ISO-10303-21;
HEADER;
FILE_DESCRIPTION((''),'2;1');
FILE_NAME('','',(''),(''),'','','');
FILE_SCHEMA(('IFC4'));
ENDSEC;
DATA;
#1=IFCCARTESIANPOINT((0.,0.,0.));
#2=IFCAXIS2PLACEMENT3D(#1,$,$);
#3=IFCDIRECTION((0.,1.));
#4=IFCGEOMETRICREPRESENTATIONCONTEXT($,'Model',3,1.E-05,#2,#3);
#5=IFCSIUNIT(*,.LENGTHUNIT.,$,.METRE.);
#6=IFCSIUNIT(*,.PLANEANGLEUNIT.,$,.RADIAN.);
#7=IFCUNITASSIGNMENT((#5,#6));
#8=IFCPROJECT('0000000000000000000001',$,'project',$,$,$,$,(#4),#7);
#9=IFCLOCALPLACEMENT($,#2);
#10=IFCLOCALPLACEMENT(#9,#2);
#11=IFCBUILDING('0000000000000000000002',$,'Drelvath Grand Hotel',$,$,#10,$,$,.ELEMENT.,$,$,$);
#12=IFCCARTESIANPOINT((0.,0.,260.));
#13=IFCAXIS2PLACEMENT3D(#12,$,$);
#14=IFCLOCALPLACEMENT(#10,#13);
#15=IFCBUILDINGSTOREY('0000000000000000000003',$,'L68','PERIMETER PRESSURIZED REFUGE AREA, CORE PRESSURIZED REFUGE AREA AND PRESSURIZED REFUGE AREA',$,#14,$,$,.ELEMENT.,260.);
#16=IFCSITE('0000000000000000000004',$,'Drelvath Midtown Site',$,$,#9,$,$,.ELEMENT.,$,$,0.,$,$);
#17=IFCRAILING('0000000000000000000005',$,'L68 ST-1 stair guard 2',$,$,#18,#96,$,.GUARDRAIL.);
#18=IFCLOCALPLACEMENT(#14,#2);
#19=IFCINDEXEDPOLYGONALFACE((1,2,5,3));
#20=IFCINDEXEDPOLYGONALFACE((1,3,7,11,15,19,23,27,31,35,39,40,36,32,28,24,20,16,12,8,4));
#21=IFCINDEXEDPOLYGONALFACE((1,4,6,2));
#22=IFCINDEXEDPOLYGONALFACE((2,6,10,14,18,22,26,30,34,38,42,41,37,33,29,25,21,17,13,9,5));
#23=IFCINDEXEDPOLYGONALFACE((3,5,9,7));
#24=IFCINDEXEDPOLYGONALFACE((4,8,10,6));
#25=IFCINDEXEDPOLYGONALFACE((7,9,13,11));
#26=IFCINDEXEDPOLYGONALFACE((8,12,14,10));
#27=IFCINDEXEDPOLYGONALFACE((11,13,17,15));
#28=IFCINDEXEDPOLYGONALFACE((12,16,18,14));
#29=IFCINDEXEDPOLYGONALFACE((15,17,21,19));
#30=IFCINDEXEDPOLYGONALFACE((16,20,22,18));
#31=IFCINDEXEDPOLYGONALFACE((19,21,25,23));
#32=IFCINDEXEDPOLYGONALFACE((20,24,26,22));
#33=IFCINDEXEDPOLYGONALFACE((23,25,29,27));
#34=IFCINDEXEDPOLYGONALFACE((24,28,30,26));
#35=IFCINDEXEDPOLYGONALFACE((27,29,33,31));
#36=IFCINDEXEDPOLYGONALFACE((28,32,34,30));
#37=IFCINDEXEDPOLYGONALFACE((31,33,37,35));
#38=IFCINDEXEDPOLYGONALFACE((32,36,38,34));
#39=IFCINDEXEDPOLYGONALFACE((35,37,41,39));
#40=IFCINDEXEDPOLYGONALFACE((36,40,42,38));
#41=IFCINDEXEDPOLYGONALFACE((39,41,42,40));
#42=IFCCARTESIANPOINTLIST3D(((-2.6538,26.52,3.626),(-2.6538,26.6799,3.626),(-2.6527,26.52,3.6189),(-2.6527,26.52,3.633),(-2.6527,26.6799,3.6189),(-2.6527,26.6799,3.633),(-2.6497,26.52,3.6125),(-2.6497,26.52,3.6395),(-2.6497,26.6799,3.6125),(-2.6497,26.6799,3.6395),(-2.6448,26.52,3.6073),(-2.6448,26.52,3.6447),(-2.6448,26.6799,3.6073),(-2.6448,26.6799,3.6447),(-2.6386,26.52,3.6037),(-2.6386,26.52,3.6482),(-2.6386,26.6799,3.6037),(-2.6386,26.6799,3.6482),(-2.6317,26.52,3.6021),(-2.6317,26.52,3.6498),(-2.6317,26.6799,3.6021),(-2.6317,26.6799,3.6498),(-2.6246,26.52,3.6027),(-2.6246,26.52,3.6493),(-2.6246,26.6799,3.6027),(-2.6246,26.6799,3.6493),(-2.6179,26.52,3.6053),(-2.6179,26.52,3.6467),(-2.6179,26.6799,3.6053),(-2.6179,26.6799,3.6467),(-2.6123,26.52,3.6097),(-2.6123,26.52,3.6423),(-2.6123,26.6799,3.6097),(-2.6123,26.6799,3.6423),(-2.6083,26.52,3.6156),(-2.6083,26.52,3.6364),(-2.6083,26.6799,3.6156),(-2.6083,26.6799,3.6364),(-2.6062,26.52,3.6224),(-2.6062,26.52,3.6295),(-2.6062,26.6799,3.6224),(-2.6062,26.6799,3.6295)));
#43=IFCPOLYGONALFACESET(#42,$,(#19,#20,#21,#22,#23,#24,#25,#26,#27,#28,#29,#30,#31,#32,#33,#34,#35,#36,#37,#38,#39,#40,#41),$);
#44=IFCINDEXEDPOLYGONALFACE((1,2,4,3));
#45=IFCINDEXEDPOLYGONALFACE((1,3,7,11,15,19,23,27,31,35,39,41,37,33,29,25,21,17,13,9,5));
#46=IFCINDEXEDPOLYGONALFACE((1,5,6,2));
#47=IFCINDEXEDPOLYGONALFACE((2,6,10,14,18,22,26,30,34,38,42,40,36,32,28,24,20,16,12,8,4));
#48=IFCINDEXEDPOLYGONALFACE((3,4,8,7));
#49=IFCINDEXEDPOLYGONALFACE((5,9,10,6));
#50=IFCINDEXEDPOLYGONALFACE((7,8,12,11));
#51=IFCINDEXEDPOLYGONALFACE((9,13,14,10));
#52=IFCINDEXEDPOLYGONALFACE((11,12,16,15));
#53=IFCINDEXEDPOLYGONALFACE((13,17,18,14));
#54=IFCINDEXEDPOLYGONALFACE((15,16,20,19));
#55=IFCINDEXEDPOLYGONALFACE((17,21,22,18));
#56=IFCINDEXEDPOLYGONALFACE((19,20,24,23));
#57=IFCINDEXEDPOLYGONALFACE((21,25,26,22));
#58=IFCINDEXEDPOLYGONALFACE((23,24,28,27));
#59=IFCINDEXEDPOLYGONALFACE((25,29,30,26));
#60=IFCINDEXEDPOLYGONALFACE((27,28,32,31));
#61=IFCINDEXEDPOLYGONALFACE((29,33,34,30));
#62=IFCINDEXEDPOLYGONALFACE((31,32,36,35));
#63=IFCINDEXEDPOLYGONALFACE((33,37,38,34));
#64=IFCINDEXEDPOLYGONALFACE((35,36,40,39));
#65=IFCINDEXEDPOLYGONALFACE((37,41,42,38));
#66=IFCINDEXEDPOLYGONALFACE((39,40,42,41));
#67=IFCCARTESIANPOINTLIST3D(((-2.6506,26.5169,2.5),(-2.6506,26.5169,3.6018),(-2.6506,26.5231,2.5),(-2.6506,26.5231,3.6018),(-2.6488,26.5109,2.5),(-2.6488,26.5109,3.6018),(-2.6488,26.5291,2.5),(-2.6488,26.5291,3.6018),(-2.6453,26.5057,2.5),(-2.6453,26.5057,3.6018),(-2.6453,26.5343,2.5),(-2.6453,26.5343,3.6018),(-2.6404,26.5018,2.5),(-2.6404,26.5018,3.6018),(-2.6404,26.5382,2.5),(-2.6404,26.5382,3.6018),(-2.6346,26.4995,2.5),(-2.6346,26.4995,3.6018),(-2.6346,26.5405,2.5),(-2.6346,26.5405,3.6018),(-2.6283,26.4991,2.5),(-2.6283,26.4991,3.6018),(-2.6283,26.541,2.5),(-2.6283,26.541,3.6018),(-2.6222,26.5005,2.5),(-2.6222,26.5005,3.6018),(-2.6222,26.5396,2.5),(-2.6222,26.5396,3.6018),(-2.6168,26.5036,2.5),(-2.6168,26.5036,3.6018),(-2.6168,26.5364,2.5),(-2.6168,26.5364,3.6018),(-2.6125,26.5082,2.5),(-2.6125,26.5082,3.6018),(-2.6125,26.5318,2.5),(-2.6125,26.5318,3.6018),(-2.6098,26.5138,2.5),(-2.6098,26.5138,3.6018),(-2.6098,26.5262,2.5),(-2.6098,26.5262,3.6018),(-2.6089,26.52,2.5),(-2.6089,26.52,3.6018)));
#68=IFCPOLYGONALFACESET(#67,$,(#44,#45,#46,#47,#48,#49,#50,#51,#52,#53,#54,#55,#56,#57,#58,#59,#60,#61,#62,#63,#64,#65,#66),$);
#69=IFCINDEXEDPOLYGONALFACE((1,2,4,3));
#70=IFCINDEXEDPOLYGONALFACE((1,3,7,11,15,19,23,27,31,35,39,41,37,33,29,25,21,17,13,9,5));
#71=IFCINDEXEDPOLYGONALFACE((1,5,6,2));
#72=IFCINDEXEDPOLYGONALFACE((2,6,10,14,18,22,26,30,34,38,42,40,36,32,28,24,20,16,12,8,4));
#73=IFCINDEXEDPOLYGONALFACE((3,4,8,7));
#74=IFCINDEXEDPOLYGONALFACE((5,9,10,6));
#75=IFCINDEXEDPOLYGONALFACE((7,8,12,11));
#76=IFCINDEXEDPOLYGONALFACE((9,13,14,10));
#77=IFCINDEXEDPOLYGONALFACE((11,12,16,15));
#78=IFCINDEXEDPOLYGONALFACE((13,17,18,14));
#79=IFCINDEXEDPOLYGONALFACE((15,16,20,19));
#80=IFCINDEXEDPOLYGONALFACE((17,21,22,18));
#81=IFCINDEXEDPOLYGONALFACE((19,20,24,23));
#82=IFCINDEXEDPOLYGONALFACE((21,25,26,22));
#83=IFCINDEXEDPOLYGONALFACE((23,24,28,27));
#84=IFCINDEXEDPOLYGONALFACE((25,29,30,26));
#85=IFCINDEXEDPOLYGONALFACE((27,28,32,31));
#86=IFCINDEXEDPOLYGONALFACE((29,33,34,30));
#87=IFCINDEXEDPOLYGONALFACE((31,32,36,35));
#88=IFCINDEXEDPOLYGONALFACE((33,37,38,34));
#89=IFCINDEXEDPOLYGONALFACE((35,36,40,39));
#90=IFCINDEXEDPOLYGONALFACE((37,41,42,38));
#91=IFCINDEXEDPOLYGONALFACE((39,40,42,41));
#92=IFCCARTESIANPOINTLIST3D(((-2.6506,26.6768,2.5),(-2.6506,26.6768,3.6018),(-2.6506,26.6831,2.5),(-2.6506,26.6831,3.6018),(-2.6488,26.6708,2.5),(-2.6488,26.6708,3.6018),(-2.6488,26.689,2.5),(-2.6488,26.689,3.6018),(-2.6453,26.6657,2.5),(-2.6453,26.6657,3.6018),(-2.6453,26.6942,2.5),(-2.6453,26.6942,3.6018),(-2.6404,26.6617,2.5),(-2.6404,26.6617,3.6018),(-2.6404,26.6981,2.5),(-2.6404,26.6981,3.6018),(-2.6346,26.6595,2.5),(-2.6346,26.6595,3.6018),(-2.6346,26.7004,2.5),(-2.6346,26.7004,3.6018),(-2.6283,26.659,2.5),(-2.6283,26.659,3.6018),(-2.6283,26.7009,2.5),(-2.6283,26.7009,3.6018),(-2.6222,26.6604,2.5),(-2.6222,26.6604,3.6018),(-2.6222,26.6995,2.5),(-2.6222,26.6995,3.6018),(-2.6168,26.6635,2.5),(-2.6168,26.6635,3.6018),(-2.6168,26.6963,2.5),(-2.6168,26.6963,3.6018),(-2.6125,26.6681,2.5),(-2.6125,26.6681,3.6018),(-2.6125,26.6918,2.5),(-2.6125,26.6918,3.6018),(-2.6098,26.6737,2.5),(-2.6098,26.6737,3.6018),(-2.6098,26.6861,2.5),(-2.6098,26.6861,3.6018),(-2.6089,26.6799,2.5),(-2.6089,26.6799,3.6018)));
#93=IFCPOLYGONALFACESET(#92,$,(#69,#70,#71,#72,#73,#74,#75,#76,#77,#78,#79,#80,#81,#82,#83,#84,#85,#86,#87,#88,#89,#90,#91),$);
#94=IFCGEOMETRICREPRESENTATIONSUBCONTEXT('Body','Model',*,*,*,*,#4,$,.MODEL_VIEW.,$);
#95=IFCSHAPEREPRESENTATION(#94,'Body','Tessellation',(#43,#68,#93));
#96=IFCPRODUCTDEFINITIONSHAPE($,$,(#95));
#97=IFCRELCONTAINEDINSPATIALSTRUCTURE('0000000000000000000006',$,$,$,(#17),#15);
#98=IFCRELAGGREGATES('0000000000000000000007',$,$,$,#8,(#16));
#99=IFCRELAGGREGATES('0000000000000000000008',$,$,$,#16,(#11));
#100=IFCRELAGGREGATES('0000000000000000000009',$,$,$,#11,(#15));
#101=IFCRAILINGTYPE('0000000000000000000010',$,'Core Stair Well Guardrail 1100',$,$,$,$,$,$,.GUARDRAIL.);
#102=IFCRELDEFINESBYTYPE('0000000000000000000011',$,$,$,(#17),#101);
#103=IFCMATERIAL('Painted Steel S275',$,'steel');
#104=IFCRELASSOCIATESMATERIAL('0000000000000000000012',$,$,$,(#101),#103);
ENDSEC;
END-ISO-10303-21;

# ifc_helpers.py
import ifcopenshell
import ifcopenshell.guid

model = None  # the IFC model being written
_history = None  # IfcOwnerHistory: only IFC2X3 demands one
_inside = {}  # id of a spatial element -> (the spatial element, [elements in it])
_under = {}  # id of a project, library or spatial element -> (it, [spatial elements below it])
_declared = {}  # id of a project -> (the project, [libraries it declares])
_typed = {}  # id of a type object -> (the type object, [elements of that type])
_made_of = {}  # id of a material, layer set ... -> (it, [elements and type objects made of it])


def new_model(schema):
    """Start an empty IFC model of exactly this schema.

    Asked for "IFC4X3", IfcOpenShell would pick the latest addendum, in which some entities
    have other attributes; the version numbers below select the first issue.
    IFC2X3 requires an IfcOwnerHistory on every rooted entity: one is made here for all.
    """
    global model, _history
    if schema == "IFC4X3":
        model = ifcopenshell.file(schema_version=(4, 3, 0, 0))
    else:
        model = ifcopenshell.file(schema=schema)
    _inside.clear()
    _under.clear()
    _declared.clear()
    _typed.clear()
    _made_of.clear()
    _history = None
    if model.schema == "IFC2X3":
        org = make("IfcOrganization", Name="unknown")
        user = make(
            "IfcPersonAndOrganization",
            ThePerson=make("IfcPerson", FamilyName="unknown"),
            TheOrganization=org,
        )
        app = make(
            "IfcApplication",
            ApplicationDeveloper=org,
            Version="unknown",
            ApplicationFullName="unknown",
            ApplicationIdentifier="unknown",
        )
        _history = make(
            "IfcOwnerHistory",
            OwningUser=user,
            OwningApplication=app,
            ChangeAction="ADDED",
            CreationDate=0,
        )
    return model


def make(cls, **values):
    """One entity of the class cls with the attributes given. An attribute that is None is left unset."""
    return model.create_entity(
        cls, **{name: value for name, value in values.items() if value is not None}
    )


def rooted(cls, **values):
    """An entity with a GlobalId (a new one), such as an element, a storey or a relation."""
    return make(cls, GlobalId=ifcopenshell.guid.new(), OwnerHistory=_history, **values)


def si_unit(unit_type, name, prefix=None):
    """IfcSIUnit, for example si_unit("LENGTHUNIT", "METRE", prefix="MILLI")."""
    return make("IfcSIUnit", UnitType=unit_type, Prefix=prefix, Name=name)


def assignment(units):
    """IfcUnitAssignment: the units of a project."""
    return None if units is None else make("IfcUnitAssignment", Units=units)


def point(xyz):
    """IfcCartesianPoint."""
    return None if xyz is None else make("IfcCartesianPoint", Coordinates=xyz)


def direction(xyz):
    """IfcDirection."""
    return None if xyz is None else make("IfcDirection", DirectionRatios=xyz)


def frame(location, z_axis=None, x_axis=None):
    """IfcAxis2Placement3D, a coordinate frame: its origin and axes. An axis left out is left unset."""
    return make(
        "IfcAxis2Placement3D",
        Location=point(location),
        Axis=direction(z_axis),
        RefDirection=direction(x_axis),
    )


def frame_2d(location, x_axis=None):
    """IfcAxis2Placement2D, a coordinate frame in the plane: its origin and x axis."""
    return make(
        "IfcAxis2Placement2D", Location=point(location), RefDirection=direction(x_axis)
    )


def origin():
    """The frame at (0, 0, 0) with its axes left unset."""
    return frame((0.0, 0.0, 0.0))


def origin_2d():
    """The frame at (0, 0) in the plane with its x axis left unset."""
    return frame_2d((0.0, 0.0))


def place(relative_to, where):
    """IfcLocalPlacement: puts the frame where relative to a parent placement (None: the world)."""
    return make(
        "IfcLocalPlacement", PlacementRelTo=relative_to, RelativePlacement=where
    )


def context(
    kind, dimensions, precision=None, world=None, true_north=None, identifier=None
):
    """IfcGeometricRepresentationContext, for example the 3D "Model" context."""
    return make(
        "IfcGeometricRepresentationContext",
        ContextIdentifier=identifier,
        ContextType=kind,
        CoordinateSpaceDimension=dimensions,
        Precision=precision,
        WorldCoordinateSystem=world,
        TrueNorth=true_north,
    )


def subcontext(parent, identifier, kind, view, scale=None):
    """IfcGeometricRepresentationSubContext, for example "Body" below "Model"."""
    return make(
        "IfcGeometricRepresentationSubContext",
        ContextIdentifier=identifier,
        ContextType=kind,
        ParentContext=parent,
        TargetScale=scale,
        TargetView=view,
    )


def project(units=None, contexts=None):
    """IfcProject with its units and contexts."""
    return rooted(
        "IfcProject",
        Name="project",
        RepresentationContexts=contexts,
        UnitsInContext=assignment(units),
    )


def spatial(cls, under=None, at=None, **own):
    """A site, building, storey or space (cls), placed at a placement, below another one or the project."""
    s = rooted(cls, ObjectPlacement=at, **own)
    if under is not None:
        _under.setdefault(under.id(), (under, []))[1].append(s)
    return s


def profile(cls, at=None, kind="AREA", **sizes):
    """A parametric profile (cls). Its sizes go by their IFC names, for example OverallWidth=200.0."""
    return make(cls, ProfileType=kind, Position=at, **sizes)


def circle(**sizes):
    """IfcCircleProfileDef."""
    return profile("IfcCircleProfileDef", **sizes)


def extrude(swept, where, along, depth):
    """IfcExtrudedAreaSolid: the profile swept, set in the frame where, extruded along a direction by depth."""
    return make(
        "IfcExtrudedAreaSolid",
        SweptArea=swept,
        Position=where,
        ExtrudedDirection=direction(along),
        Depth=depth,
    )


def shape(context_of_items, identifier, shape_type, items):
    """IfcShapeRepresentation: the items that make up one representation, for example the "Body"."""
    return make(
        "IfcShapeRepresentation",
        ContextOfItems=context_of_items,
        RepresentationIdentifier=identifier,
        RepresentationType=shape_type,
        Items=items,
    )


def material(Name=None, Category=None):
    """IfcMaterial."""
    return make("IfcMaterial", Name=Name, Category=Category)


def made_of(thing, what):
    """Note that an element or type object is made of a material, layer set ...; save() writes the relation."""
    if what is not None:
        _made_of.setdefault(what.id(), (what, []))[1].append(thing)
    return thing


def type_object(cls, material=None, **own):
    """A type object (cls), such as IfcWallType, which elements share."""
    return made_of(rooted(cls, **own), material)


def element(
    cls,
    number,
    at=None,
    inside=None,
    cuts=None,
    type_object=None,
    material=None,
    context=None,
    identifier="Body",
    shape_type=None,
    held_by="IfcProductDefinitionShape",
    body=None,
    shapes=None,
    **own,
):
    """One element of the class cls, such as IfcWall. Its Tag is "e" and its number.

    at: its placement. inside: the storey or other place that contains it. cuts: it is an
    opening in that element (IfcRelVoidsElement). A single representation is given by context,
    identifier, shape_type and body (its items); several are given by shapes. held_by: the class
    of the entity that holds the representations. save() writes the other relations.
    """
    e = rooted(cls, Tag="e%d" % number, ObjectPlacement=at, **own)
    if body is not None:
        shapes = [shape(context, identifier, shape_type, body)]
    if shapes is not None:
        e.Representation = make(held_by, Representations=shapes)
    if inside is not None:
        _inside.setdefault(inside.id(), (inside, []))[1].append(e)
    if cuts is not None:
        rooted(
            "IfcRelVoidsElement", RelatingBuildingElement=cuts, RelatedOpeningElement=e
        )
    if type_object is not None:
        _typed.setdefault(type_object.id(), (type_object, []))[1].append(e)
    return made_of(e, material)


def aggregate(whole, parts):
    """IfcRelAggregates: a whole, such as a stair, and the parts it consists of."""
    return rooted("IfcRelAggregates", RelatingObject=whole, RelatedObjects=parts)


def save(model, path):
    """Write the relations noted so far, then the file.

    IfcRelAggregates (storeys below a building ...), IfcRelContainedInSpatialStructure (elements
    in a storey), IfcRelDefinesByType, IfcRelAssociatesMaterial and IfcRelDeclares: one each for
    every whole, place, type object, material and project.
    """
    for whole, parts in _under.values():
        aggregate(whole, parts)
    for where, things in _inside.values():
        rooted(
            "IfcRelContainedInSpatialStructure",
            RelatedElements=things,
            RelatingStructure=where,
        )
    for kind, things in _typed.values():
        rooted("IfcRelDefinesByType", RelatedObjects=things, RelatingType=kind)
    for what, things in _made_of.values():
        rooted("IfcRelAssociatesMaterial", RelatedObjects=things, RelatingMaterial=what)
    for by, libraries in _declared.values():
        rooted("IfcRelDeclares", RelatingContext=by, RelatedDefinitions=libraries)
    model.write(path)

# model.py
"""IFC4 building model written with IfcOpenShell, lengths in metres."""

from ifc_helpers import new_model, si_unit, direction, frame, origin, origin_2d, place, context, subcontext, project, spatial, circle, extrude, material, type_object, element, save


model = new_model("IFC4")

# Units and contexts
model_context = context("Model", 3, precision=1e-05, world=origin(), true_north=direction((0.0, 1.0)))
body_context = subcontext(model_context, "Body", "Model", "MODEL_VIEW")
ifc_project = project(units=[si_unit("LENGTHUNIT", "METRE"), si_unit("PLANEANGLEUNIT", "RADIAN")], contexts=[model_context])

# Site, building, storey
site_placement = place(None, origin())
site = spatial("IfcSite", under=ifc_project, at=site_placement, Name="Drelvath Midtown Site", CompositionType="ELEMENT", RefElevation=0.0)
building_placement = place(site_placement, origin())
building = spatial("IfcBuilding", under=site, at=building_placement, Name="Drelvath Grand Hotel", CompositionType="ELEMENT")
storey_placement = place(building_placement, frame((0.0, 0.0, 260.0)))
storey = spatial("IfcBuildingStorey", under=building, at=storey_placement, Name="L68", Description="PERIMETER PRESSURIZED REFUGE AREA, CORE PRESSURIZED REFUGE AREA AND PRESSURIZED REFUGE AREA", CompositionType="ELEMENT", Elevation=260.0)

# Shared definitions
ifc_material_1 = material(Name="Painted Steel S275", Category="steel")

# Railing
railing_type_1 = type_object("IfcRailingType", Name="Core Stair Well Guardrail 1100", PredefinedType="GUARDRAIL", material=ifc_material_1)
railing_1_placement = place(storey_placement, frame((-2.6299, 26.52, 2.5)))
element("IfcRailing", 1, at=railing_1_placement, inside=storey, type_object=railing_type_1, Name="L68 ST-1 stair guard 2", PredefinedType="GUARDRAIL", context=body_context, shape_type="SweptSolid", body=[
    extrude(circle(Radius=0.0239, at=origin_2d()), frame((0.0, 0.0, 1.126), z_axis=(0.0, 1.0, 0.0), x_axis=(-1.0, 0.0, 0.0)), (0.0, 0.0, 1.0), 0.1599),
    extrude(circle(Radius=0.021, at=origin_2d()), origin(), (0.0, 0.0, 1.0), 1.1018),
    extrude(circle(Radius=0.021, at=origin_2d()), frame((0.0, 0.1599, 0.0)), (0.0, 0.0, 1.0), 1.1018),
])

save(model, "model.ifc")
